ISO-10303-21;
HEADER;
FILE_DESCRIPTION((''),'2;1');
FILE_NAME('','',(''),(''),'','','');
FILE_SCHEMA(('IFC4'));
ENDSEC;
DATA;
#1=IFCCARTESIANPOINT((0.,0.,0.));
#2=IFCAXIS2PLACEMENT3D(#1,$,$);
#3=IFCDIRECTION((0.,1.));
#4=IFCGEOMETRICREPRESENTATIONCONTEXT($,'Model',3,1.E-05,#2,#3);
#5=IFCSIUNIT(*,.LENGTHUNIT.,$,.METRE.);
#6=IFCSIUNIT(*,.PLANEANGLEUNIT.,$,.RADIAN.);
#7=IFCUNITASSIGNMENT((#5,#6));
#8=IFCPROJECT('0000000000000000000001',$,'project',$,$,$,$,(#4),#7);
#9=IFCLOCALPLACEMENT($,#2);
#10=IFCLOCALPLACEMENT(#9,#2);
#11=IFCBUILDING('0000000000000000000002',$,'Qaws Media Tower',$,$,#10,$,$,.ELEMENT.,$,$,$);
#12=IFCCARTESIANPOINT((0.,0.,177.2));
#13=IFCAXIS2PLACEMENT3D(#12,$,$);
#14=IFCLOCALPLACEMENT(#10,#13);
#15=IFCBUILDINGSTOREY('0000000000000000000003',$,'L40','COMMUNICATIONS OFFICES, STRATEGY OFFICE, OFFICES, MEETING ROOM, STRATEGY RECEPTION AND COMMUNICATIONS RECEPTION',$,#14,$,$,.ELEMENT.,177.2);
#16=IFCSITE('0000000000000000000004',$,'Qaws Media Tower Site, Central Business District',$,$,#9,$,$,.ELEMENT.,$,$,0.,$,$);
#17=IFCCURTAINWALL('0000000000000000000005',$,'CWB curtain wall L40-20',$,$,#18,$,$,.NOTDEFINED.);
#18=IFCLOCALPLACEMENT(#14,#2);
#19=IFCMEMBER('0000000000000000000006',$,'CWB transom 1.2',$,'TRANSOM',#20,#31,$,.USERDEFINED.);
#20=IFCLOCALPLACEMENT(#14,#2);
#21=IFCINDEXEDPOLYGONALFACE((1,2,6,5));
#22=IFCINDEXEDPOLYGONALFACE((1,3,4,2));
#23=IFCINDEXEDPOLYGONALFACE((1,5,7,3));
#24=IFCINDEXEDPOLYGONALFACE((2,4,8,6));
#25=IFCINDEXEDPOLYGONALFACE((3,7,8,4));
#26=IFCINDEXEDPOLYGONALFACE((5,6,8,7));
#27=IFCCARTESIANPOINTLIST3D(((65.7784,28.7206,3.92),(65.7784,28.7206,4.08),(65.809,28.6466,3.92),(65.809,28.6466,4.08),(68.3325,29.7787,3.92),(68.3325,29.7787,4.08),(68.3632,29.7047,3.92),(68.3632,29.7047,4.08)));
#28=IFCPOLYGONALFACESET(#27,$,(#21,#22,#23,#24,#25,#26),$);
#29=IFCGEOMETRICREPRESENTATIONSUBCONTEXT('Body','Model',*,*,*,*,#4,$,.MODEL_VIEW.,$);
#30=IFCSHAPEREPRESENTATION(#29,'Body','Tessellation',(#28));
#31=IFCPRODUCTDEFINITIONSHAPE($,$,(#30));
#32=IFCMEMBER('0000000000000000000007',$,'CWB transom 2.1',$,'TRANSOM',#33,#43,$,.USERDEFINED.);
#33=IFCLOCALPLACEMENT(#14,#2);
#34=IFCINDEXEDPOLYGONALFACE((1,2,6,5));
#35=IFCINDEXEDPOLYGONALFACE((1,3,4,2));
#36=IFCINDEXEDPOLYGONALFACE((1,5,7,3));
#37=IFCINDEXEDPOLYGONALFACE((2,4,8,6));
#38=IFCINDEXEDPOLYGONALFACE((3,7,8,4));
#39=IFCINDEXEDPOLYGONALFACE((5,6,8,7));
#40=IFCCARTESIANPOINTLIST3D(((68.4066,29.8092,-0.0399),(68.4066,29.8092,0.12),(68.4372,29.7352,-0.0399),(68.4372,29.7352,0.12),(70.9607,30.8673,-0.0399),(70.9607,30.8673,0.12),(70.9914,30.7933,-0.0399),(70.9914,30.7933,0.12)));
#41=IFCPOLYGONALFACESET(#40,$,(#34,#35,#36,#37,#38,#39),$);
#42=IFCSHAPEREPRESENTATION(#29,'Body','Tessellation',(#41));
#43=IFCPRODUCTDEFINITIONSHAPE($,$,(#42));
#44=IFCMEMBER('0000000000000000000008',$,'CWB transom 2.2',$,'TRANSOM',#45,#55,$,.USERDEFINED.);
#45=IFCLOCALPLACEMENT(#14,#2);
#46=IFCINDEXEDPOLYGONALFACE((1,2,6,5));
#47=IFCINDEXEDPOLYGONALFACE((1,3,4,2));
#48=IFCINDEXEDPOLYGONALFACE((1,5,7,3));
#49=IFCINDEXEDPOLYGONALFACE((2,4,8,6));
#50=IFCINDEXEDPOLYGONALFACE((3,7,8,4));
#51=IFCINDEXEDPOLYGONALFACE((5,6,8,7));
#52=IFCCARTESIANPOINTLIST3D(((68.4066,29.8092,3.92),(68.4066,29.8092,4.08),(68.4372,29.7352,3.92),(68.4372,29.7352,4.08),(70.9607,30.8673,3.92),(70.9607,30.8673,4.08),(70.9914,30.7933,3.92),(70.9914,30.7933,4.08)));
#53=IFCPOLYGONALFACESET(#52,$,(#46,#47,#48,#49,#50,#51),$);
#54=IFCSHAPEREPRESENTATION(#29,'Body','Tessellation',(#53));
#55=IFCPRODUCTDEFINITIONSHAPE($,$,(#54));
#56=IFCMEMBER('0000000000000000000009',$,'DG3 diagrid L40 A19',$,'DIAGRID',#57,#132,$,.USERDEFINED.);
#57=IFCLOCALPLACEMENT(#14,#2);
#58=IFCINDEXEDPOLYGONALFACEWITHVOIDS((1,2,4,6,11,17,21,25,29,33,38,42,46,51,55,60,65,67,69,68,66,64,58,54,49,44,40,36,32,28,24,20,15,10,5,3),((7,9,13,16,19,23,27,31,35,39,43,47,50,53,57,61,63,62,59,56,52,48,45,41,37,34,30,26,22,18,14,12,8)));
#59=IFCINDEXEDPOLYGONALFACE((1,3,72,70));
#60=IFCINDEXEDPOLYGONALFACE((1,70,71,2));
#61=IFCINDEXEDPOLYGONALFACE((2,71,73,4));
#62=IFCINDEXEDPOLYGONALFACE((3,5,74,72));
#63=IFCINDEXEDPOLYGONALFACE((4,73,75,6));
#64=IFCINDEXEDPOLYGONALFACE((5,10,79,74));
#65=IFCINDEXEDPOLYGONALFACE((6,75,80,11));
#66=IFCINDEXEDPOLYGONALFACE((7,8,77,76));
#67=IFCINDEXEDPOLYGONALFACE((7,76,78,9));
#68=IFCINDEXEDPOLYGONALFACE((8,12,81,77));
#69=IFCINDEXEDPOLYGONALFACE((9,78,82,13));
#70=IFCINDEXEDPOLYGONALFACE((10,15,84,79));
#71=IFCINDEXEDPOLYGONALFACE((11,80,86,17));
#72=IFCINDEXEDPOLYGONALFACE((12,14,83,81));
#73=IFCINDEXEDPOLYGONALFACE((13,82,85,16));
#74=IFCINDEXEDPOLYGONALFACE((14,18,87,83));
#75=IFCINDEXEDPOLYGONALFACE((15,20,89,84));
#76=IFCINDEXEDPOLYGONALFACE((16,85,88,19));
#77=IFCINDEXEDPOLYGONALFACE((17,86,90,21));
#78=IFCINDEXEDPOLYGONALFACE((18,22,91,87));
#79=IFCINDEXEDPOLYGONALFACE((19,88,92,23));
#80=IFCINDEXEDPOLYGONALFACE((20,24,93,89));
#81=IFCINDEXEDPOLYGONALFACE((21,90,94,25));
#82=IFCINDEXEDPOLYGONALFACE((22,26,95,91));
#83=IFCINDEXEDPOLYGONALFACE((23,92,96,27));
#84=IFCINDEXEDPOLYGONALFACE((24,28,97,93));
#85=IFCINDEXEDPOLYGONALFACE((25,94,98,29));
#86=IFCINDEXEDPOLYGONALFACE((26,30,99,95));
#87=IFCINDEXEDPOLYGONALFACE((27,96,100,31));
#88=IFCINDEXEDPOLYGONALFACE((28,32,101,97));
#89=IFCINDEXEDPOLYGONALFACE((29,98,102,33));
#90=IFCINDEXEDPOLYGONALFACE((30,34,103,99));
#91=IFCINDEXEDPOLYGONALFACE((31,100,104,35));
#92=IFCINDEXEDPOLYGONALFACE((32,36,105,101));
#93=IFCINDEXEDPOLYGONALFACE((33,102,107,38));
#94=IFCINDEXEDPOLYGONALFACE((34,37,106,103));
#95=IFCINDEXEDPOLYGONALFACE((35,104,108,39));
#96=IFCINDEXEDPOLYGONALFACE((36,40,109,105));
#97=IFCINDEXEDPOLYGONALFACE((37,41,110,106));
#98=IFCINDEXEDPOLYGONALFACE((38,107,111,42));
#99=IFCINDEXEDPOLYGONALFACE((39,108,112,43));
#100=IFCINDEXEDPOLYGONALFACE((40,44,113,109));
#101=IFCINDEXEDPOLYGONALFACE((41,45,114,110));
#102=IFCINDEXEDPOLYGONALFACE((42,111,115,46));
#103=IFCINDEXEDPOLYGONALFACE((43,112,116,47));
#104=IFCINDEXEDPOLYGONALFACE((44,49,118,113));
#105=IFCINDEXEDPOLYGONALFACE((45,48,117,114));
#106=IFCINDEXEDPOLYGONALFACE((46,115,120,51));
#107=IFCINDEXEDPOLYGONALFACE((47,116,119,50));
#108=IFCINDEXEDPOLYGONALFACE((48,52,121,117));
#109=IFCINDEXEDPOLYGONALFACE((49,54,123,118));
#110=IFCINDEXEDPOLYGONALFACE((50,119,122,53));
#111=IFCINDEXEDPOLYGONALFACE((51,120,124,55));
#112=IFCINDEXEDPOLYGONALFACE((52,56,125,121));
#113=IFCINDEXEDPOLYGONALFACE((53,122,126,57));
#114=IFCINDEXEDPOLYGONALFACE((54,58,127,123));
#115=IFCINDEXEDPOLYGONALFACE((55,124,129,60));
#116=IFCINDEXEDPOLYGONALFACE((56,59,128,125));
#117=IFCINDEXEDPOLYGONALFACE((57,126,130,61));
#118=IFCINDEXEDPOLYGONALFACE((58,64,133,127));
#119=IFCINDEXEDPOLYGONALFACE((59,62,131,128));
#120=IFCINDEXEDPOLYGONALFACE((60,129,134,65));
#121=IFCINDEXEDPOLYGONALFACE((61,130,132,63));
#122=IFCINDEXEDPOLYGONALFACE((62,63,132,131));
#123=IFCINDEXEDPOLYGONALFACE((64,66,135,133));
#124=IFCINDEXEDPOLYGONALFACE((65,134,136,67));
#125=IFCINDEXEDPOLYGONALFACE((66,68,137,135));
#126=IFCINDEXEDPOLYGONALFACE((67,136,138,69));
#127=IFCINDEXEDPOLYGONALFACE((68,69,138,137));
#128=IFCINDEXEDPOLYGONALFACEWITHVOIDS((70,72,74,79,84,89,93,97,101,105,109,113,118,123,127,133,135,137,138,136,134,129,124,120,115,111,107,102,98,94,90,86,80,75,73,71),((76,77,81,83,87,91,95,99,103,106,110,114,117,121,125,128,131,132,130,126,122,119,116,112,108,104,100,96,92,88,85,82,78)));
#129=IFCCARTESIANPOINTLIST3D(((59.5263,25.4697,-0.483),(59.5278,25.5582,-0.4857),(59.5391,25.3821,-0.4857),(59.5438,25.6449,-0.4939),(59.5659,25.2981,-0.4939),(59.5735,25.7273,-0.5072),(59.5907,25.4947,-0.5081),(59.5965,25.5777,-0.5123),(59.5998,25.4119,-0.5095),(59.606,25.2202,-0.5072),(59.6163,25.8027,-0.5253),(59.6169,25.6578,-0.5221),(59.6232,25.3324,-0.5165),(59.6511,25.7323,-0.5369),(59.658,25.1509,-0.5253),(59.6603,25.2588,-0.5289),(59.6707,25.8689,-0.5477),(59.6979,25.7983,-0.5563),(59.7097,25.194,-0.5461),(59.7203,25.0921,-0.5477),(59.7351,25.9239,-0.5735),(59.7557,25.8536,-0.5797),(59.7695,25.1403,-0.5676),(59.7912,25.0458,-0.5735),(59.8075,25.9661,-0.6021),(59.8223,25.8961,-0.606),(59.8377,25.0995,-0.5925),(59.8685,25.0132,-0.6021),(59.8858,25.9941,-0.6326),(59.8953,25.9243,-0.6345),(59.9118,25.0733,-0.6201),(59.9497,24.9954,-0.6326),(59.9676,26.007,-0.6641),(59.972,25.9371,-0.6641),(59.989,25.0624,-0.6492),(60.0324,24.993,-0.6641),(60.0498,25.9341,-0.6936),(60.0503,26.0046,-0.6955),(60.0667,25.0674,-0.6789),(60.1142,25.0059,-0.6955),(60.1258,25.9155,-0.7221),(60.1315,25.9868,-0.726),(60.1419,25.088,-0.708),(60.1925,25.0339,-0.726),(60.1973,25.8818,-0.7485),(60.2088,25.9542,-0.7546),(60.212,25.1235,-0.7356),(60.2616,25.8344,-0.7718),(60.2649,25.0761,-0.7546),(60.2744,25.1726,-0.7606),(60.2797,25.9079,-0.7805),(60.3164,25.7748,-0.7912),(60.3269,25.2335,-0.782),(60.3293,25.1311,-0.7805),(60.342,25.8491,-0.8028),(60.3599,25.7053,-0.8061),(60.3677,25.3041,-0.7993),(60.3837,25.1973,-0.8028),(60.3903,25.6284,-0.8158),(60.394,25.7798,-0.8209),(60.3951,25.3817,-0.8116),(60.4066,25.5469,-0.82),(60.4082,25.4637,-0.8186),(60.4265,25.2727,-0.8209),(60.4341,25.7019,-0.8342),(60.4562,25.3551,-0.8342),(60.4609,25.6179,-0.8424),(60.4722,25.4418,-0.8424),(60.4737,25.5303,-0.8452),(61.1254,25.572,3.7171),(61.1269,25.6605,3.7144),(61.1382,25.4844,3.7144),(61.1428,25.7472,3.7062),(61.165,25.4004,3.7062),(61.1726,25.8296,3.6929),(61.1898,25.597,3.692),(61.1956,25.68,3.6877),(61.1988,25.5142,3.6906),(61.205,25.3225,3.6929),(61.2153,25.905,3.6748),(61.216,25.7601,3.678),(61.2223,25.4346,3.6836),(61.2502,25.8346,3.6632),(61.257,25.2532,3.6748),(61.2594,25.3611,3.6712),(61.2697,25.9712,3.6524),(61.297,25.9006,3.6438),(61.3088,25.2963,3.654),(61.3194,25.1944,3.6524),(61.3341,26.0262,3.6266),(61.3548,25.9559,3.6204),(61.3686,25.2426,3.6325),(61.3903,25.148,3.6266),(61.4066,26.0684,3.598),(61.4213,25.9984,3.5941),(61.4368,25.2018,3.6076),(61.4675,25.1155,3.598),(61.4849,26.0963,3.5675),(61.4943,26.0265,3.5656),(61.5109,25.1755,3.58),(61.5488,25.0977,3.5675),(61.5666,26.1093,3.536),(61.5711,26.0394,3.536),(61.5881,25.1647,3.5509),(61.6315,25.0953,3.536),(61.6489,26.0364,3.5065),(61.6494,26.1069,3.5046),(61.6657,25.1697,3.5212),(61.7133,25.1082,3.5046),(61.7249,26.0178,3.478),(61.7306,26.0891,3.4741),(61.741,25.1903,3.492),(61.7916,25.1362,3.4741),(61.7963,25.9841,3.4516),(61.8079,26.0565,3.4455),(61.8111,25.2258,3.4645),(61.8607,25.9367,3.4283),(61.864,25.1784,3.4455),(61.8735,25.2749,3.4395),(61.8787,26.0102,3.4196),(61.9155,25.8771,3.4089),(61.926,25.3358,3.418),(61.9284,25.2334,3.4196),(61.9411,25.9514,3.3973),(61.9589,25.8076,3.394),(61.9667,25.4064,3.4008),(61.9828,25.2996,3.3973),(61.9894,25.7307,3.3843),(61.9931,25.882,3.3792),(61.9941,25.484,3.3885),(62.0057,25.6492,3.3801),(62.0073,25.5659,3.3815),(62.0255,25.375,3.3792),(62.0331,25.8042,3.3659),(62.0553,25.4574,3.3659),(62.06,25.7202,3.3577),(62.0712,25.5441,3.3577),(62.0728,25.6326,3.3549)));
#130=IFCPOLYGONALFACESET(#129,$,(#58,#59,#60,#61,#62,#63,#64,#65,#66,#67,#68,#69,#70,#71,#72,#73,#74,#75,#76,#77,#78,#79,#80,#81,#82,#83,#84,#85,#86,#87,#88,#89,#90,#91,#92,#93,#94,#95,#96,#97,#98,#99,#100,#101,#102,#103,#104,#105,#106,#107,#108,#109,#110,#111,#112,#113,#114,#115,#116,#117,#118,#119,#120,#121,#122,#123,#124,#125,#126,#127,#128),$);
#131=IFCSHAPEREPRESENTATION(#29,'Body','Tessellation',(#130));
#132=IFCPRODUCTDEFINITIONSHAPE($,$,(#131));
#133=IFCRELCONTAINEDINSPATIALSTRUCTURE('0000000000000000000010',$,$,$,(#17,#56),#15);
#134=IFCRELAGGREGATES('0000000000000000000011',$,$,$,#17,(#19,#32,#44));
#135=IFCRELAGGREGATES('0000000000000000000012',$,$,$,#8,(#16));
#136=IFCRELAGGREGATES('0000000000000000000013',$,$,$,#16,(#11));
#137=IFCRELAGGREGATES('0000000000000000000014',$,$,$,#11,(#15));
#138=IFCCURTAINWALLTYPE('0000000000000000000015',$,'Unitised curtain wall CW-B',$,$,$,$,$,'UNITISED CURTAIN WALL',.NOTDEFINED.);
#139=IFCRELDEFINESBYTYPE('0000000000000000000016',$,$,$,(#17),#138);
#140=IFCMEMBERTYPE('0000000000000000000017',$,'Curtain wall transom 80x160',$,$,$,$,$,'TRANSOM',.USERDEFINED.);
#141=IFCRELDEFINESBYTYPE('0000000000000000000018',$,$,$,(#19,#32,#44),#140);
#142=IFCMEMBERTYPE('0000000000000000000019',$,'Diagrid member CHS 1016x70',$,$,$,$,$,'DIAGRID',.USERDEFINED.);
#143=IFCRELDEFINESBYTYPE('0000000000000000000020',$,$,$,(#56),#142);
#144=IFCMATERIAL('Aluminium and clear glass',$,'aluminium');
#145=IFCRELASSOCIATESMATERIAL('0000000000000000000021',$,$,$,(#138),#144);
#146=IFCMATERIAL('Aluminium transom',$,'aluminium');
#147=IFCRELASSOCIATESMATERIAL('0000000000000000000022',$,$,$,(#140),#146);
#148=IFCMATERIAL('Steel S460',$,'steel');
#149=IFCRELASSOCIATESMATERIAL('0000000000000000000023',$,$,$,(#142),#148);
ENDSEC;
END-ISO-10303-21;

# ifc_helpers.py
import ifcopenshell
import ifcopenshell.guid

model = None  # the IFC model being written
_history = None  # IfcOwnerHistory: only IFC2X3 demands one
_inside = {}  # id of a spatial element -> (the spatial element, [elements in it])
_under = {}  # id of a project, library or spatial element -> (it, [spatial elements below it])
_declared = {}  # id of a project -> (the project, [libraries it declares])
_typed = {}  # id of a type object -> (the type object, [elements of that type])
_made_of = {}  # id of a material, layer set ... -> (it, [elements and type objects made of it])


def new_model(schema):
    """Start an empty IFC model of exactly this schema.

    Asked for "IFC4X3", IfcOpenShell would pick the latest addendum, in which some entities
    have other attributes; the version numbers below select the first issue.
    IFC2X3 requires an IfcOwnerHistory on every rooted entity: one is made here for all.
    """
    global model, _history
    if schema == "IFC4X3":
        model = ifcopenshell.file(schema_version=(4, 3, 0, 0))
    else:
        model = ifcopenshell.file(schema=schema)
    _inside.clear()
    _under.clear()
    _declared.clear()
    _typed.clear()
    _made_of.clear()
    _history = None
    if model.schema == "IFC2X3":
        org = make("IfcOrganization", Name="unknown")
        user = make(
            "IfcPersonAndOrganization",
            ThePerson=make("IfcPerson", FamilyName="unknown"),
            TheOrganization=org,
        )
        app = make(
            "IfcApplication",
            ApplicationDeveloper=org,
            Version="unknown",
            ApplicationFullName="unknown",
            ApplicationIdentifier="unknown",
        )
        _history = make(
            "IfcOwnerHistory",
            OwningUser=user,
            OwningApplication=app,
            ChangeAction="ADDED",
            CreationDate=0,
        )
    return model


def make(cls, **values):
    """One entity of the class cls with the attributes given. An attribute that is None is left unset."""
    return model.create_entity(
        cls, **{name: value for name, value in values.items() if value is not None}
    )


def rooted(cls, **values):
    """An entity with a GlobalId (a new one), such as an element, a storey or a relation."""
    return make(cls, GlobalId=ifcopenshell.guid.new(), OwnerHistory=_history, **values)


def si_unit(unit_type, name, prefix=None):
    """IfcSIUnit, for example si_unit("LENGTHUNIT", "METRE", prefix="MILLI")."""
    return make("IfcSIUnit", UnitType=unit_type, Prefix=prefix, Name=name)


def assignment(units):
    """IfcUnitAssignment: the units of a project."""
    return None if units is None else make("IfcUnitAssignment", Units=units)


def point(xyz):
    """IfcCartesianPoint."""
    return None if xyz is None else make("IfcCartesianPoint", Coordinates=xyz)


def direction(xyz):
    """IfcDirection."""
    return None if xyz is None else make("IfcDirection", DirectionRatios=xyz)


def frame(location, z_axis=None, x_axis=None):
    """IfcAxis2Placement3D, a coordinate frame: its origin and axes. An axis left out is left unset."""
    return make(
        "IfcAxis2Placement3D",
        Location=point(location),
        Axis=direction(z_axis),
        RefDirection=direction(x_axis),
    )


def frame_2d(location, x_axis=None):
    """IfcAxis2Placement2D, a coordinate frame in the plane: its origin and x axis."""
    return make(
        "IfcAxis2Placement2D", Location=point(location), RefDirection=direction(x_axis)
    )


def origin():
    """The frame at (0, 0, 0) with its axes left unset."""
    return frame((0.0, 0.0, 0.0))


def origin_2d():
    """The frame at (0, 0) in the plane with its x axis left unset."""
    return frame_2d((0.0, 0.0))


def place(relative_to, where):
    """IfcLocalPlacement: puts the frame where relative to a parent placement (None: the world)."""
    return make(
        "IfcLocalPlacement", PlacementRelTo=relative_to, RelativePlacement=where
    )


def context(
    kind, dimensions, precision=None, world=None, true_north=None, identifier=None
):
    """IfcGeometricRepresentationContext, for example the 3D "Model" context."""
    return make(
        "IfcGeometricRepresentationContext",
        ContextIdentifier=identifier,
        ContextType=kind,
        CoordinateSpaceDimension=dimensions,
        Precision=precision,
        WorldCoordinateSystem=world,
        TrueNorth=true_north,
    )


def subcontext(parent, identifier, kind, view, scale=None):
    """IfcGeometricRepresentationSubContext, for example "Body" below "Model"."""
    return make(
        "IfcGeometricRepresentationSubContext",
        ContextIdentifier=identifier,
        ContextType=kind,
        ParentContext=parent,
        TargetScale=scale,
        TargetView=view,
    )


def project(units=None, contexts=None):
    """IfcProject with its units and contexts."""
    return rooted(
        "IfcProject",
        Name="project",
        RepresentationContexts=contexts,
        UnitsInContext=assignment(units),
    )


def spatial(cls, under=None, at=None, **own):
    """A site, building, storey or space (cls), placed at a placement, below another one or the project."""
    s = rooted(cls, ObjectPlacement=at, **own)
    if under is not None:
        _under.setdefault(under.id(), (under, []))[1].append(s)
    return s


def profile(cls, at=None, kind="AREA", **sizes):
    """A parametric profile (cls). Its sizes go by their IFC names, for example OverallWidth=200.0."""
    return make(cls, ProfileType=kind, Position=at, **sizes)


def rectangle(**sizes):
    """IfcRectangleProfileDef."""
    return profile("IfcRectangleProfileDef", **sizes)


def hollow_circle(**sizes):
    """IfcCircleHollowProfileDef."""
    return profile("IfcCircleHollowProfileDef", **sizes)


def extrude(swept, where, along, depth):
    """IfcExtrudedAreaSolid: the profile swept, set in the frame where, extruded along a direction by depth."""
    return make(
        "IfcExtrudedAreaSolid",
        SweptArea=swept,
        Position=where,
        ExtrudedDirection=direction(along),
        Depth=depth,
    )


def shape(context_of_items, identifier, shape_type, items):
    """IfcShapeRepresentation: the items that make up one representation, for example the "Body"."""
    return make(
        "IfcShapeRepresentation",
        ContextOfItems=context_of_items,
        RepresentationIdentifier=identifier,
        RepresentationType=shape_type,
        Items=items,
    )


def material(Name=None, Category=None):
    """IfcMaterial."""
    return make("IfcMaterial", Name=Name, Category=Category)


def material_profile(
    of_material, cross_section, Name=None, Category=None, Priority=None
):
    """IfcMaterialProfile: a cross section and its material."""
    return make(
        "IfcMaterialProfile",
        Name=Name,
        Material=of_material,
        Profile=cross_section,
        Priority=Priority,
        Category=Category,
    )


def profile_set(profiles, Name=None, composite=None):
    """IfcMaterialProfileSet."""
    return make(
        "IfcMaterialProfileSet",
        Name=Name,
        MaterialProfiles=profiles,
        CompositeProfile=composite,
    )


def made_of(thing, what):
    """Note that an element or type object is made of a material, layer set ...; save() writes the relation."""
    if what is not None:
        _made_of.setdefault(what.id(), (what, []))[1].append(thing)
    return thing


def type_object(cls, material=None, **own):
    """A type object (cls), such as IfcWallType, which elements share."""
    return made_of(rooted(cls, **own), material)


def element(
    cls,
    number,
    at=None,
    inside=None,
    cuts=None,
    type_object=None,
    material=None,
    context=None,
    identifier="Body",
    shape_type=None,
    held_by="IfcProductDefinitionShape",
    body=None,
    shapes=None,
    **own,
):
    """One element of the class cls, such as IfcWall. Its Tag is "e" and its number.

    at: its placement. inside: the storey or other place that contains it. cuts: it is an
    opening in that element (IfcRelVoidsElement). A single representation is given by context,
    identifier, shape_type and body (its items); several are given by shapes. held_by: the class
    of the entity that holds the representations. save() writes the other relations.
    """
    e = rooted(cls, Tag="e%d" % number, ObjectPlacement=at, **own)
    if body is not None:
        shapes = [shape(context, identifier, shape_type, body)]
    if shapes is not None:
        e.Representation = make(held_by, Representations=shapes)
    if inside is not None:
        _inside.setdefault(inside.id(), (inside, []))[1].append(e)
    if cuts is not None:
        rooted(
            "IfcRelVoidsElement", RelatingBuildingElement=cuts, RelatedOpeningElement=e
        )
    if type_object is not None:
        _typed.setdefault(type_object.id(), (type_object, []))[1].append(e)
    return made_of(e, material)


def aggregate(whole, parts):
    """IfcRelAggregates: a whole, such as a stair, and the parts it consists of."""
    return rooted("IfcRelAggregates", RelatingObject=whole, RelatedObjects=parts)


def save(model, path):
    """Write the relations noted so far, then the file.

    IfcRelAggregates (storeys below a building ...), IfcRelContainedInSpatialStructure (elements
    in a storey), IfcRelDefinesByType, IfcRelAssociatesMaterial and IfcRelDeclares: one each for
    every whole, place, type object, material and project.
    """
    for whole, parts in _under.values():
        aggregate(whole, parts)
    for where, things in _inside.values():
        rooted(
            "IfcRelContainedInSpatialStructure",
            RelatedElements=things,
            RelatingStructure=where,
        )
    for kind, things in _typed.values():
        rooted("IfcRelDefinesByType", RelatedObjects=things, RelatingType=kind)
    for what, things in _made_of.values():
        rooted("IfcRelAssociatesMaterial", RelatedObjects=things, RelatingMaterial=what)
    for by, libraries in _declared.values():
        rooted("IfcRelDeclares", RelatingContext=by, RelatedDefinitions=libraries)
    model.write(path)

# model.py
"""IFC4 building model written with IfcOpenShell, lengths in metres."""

from ifc_helpers import new_model, si_unit, direction, frame, origin, origin_2d, place, context, subcontext, project, spatial, rectangle, hollow_circle, extrude, material, material_profile, profile_set, type_object, element, aggregate, save


model = new_model("IFC4")

# Units and contexts
model_context = context("Model", 3, precision=1e-05, world=origin(), true_north=direction((0.0, 1.0)))
body_context = subcontext(model_context, "Body", "Model", "MODEL_VIEW")
ifc_project = project(units=[si_unit("LENGTHUNIT", "METRE"), si_unit("PLANEANGLEUNIT", "RADIAN")], contexts=[model_context])

# Site, building, storey
site_placement = place(None, origin())
site = spatial("IfcSite", under=ifc_project, at=site_placement, Name="Qaws Media Tower Site, Central Business District", CompositionType="ELEMENT", RefElevation=0.0)
building_placement = place(site_placement, origin())
building = spatial("IfcBuilding", under=site, at=building_placement, Name="Qaws Media Tower", CompositionType="ELEMENT")
storey_placement = place(building_placement, frame((0.0, 0.0, 177.2)))
storey = spatial("IfcBuildingStorey", under=building, at=storey_placement, Name="L40", Description="COMMUNICATIONS OFFICES, STRATEGY OFFICE, OFFICES, MEETING ROOM, STRATEGY RECEPTION AND COMMUNICATIONS RECEPTION", CompositionType="ELEMENT", Elevation=177.2)

# Curtain wall
ifc_material_1 = material(Name="Aluminium and clear glass", Category="aluminium")
curtain_wall_type = type_object("IfcCurtainWallType", Name="Unitised curtain wall CW-B", ElementType="UNITISED CURTAIN WALL", PredefinedType="NOTDEFINED", material=ifc_material_1)
curtain_wall_1_placement = place(storey_placement, origin())
curtain_wall_1 = element("IfcCurtainWall", 1, at=curtain_wall_1_placement, inside=storey, type_object=curtain_wall_type, Name="CWB curtain wall L40-20", PredefinedType="NOTDEFINED")

# Members
ifc_material_2 = material(Name="Aluminium transom", Category="aluminium")
ifc_material_profile_1 = material_profile(ifc_material_2, rectangle(XDim=0.0801, YDim=0.1599, at=origin_2d()), Name="80x160")
ifc_profile_set_1 = profile_set([ifc_material_profile_1], Name="Aluminium transom")
member_type_1 = type_object("IfcMemberType", Name="Curtain wall transom 80x160", ElementType="TRANSOM", PredefinedType="USERDEFINED", material=ifc_profile_set_1)
member_1_placement = place(storey_placement, frame((65.7937, 28.6836, 4.0), z_axis=(0.923864, 0.382721, 0.0), x_axis=(-0.382721, 0.923864, 0.0)))
member_1 = element("IfcMember", 2, at=member_1_placement, type_object=member_type_1, Name="CWB transom 1.2", ObjectType="TRANSOM", PredefinedType="USERDEFINED", context=body_context, shape_type="SweptSolid", body=[
    extrude(rectangle(XDim=0.0801, YDim=0.1599, at=origin_2d()), origin(), (0.0, 0.0, 1.0), 2.7646),
])
member_2_placement = place(storey_placement, frame((68.4219, 29.7722, 0.04), z_axis=(0.923864, 0.382721, 0.0), x_axis=(-0.382721, 0.923864, 0.0)))
member_2 = element("IfcMember", 3, at=member_2_placement, type_object=member_type_1, Name="CWB transom 2.1", ObjectType="TRANSOM", PredefinedType="USERDEFINED", context=body_context, shape_type="SweptSolid", body=[
    extrude(rectangle(XDim=0.0801, YDim=0.1599, at=origin_2d()), origin(), (0.0, 0.0, 1.0), 2.7646),
])
member_3_placement = place(storey_placement, frame((68.4219, 29.7722, 4.0), z_axis=(0.923864, 0.382721, 0.0), x_axis=(-0.382721, 0.923864, 0.0)))
member_3 = element("IfcMember", 4, at=member_3_placement, type_object=member_type_1, Name="CWB transom 2.2", ObjectType="TRANSOM", PredefinedType="USERDEFINED", context=body_context, shape_type="SweptSolid", body=[
    extrude(rectangle(XDim=0.0801, YDim=0.1599, at=origin_2d()), origin(), (0.0, 0.0, 1.0), 2.7646),
])

# Member
ifc_material_3 = material(Name="Steel S460", Category="steel")
ifc_material_profile_2 = material_profile(ifc_material_3, hollow_circle(Radius=0.5081, WallThickness=0.0701, at=origin_2d()), Name="CHS 1016x70")
ifc_profile_set_2 = profile_set([ifc_material_profile_2], Name="Steel S460")
member_type_2 = type_object("IfcMemberType", Name="Diagrid member CHS 1016x70", ElementType="DIAGRID", PredefinedType="USERDEFINED", material=ifc_profile_set_2)
for number, where, z_axis, x_axis, name in (
    (5, (60.0, 25.5, -0.6641), (0.355718, 0.022755, 0.934316), (-0.063839, 0.99796, 0.0), "DG3 diagrid L40 A19"),
):
    element("IfcMember", number, at=place(storey_placement, frame(where, z_axis=z_axis, x_axis=x_axis)), inside=storey, type_object=member_type_2, Name=name, ObjectType="DIAGRID", PredefinedType="USERDEFINED", context=body_context, shape_type="SweptSolid", body=[
        extrude(hollow_circle(Radius=0.5081, WallThickness=0.0701, at=origin_2d()), origin(), (0.0, 0.0, 1.0), 4.4954),
    ])

aggregate(curtain_wall_1, [member_1, member_2, member_3])

save(model, "model.ifc")
